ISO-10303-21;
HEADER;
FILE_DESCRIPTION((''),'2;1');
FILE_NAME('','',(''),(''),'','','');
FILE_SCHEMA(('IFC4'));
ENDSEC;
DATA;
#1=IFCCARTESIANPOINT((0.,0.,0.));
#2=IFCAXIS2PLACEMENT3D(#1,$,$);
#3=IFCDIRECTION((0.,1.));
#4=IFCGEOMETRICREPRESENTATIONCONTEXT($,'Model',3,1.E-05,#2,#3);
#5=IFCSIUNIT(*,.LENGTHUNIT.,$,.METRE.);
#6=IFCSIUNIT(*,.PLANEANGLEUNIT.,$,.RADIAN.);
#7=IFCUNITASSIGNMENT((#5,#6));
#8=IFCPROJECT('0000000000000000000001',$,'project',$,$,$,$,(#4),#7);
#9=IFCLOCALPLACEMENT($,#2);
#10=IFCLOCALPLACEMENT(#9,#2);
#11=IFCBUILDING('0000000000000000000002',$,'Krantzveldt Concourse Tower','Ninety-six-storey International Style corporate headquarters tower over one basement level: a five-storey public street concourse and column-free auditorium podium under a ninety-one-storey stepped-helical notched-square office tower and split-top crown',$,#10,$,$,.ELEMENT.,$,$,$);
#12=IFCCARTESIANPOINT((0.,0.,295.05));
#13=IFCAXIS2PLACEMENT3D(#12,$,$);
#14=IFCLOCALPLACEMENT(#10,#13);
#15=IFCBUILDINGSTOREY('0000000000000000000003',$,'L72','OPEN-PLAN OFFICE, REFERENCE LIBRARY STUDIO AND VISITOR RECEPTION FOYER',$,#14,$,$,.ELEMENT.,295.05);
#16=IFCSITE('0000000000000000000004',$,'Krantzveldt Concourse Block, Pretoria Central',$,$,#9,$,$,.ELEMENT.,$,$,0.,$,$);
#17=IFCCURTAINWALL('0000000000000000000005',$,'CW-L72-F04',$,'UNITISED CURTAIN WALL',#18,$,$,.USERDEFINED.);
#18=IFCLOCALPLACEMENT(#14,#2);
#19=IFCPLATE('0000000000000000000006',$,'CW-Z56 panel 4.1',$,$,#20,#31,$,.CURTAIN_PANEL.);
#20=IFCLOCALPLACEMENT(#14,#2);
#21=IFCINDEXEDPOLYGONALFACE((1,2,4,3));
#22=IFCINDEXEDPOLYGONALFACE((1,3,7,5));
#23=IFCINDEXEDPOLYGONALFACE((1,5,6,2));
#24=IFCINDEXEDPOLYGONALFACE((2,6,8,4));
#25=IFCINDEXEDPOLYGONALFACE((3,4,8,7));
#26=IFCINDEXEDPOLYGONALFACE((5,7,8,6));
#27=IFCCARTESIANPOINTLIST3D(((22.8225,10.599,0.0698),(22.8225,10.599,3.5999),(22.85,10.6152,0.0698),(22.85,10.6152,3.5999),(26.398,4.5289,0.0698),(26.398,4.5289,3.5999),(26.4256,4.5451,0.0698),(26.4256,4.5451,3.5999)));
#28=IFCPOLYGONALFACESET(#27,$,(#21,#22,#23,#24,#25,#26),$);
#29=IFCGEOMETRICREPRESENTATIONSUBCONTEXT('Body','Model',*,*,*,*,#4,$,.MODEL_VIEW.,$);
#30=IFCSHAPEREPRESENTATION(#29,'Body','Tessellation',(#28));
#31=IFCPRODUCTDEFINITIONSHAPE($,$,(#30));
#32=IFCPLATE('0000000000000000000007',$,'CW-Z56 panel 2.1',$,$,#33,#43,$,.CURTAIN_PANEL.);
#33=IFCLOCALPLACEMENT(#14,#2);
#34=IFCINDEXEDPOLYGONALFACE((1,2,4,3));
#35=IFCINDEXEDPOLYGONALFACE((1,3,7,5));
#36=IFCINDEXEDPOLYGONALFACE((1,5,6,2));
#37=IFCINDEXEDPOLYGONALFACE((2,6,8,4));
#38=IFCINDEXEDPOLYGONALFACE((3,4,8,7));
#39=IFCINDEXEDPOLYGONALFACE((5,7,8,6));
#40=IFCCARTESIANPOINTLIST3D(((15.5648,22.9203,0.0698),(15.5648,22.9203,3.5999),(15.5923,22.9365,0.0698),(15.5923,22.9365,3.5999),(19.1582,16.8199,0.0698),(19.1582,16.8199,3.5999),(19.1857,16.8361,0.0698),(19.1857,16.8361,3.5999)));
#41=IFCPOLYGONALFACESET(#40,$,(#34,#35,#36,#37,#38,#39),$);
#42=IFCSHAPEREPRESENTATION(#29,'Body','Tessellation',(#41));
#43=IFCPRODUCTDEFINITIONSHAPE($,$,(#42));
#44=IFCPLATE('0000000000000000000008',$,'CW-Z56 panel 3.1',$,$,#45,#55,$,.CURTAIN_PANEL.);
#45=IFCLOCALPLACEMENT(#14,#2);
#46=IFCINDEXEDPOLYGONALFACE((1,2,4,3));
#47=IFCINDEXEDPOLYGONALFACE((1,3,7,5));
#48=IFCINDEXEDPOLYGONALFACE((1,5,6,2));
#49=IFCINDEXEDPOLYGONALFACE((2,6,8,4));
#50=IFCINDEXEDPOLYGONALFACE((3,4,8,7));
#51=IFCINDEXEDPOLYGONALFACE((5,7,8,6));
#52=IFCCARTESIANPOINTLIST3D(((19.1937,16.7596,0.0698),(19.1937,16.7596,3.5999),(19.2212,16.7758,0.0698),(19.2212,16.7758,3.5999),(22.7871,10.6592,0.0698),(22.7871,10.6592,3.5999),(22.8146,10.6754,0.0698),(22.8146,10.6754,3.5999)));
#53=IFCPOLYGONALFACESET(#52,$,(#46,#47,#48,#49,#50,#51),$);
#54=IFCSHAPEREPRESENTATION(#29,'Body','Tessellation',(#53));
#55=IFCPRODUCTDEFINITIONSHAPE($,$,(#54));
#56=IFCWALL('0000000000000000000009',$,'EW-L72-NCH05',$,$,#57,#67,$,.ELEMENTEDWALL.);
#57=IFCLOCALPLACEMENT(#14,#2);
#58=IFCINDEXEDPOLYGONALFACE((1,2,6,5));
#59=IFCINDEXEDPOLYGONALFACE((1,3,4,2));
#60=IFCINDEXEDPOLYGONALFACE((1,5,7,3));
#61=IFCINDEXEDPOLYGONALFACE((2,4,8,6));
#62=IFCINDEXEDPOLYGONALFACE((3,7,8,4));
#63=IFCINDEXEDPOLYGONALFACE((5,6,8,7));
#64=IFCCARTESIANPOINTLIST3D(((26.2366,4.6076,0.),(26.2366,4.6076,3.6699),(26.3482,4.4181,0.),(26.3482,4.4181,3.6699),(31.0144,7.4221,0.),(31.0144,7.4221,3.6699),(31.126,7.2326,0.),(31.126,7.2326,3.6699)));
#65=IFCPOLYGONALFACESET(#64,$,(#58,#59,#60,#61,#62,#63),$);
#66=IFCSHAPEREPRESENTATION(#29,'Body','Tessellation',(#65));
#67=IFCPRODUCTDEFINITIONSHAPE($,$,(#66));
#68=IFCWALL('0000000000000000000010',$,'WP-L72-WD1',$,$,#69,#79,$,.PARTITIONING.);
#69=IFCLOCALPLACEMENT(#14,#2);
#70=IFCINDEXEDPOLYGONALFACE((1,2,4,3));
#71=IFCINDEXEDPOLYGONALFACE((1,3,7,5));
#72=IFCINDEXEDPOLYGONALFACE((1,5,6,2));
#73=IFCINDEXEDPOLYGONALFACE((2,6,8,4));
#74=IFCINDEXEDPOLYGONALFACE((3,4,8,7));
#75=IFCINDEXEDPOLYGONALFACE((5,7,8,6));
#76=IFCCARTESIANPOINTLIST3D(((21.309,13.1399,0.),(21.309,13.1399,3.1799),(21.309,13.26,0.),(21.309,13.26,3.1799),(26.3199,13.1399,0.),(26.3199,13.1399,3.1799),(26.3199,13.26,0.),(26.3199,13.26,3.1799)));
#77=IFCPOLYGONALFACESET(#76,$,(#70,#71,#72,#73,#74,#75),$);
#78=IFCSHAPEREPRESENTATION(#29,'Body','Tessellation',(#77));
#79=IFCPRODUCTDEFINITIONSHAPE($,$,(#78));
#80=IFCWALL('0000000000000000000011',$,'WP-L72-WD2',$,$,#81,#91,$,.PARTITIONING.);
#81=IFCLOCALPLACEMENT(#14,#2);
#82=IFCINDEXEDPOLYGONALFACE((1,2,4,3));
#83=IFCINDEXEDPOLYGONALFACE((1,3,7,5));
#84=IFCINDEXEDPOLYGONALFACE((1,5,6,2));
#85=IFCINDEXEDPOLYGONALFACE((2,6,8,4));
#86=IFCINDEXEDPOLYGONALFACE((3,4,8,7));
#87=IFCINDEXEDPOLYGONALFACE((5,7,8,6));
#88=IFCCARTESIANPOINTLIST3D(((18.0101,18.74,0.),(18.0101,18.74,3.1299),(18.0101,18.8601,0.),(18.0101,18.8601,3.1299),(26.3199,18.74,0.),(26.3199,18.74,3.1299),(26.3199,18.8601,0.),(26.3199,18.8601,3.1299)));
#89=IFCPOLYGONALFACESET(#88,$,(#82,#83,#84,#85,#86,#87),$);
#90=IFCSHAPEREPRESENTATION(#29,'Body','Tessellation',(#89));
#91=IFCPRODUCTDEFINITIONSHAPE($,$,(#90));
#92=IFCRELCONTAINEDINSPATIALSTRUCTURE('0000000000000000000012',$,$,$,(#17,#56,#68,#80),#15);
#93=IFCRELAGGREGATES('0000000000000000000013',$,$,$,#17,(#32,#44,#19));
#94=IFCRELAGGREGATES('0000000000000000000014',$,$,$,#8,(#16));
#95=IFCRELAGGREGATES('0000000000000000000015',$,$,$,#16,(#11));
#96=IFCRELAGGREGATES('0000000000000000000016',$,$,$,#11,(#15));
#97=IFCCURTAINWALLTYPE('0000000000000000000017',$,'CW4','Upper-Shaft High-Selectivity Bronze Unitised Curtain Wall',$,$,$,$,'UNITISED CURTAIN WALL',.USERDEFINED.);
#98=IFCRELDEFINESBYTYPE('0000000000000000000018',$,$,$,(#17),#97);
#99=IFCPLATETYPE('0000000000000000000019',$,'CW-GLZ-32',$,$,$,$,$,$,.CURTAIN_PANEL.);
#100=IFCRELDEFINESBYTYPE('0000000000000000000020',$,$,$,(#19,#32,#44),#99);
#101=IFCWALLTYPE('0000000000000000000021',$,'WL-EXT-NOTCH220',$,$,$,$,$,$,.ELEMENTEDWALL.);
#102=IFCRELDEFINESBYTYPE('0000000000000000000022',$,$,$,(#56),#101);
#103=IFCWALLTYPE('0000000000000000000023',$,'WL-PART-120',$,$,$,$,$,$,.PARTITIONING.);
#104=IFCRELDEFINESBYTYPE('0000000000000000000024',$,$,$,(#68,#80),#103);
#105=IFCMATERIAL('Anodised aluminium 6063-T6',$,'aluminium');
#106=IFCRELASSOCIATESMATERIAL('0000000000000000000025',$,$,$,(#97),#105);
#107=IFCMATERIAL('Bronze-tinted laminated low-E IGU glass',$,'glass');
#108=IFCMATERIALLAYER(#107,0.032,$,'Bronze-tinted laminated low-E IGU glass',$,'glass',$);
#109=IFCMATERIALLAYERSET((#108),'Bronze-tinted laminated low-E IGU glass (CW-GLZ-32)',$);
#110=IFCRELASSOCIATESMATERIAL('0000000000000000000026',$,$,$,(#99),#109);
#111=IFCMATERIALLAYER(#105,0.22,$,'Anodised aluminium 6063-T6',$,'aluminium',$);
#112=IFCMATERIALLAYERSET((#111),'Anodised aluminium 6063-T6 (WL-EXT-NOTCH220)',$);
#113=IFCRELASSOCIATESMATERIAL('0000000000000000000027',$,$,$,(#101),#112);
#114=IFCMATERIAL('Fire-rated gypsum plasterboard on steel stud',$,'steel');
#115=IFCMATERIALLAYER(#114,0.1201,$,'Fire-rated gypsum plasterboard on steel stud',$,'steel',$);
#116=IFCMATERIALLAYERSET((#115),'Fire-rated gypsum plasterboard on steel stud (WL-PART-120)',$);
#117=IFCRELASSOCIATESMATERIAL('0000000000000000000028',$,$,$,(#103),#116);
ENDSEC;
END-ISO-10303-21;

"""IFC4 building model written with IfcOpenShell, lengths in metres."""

from ifc_helpers import new_model, si_unit, direction, frame, frame_2d, origin, origin_2d, place, context, subcontext, project, spatial, rectangle, extrude, source, transform, mapped, material, layer, layer_set, type_object, type_shapes, element, aggregate, save


model = new_model("IFC4")

# Units and contexts
model_context = context("Model", 3, precision=1e-05, world=origin(), true_north=direction((0.0, 1.0)))
body_context = subcontext(model_context, "Body", "Model", "MODEL_VIEW")
ifc_project = project(units=[si_unit("LENGTHUNIT", "METRE"), si_unit("PLANEANGLEUNIT", "RADIAN")], contexts=[model_context])

# Site, building, storey
site_placement = place(None, origin())
site = spatial("IfcSite", under=ifc_project, at=site_placement, Name="Krantzveldt Concourse Block, Pretoria Central", CompositionType="ELEMENT", RefElevation=0.0)
building_placement = place(site_placement, origin())
building = spatial("IfcBuilding", under=site, at=building_placement, Name="Krantzveldt Concourse Tower", Description="Ninety-six-storey International Style corporate headquarters tower over one basement level: a five-storey public street concourse and column-free auditorium podium under a ninety-one-storey stepped-helical notched-square office tower and split-top crown", CompositionType="ELEMENT")
storey_placement = place(building_placement, frame((0.0, 0.0, 295.05)))
storey = spatial("IfcBuildingStorey", under=building, at=storey_placement, Name="L72", Description="OPEN-PLAN OFFICE, REFERENCE LIBRARY STUDIO AND VISITOR RECEPTION FOYER", CompositionType="ELEMENT", Elevation=295.05)

# Curtain wall
ifc_material_1 = material(Name="Anodised aluminium 6063-T6", Category="aluminium")
curtain_wall_type = type_object("IfcCurtainWallType", Name="CW4", Description="Upper-Shaft High-Selectivity Bronze Unitised Curtain Wall", ElementType="UNITISED CURTAIN WALL", PredefinedType="USERDEFINED", material=ifc_material_1)
curtain_wall_placement = place(storey_placement, origin())
curtain_wall = element("IfcCurtainWall", 1, at=curtain_wall_placement, inside=storey, type_object=curtain_wall_type, Name="CW-L72-F04", ObjectType="UNITISED CURTAIN WALL", PredefinedType="USERDEFINED")

# Plates
ifc_material_2 = material(Name="Bronze-tinted laminated low-E IGU glass", Category="glass")
ifc_layer_1 = layer(ifc_material_2, 0.032, Name="Bronze-tinted laminated low-E IGU glass", Category="glass")
ifc_layer_set_1 = layer_set([ifc_layer_1], Name="Bronze-tinted laminated low-E IGU glass (CW-GLZ-32)")
plate_type = type_object("IfcPlateType", Name="CW-GLZ-32", PredefinedType="CURTAIN_PANEL", material=ifc_layer_set_1)
shared_shape_1 = source(origin(), body_context, "Body", "SweptSolid", [
    extrude(rectangle(XDim=7.0449, YDim=0.032, at=origin_2d()), origin(), (0.0, 0.0, 1.0), 3.53),
])
plate_1_placement = place(storey_placement, frame((24.624, 7.572, 0.0698), z_axis=(0.0, 0.0, 1.0), x_axis=(0.507538, -0.861629, 0.0)))
plate_1 = element("IfcPlate", 2, at=plate_1_placement, type_object=plate_type, Name="CW-Z56 panel 4.1", PredefinedType="CURTAIN_PANEL", context=body_context, shape_type="MappedRepresentation", body=[
    mapped(shared_shape_1, transform((0.0, 0.0, 0.0), x_axis=(1.0, 0.0, 0.0), y_axis=(0.0, 1.0, 0.0), z_axis=(0.0, 0.0, 1.0), scale=1.0)),
])
shared_shape_2 = source(origin(), body_context, "Body", "SweptSolid", [
    extrude(rectangle(XDim=7.0801, YDim=0.032, at=origin_2d()), origin(), (0.0, 0.0, 1.0), 3.53),
])
type_shapes(plate_type, [shared_shape_1, shared_shape_2])
plate_2_placement = place(storey_placement, frame((17.3752, 19.8782, 0.0698), z_axis=(0.0, 0.0, 1.0), x_axis=(0.507538, -0.861629, 0.0)))
plate_2 = element("IfcPlate", 3, at=plate_2_placement, type_object=plate_type, Name="CW-Z56 panel 2.1", PredefinedType="CURTAIN_PANEL", context=body_context, shape_type="MappedRepresentation", body=[
    mapped(shared_shape_2, transform((0.0, 0.0, 0.0), x_axis=(1.0, 0.0, 0.0), y_axis=(0.0, 1.0, 0.0), z_axis=(0.0, 0.0, 1.0), scale=1.0)),
])
plate_3_placement = place(storey_placement, frame((21.0042, 13.7175, 0.0698), z_axis=(0.0, 0.0, 1.0), x_axis=(0.507538, -0.861629, 0.0)))
plate_3 = element("IfcPlate", 4, at=plate_3_placement, type_object=plate_type, Name="CW-Z56 panel 3.1", PredefinedType="CURTAIN_PANEL", context=body_context, shape_type="MappedRepresentation", body=[
    mapped(shared_shape_2, transform((0.0, 0.0, 0.0), x_axis=(1.0, 0.0, 0.0), y_axis=(0.0, 1.0, 0.0), z_axis=(0.0, 0.0, 1.0), scale=1.0)),
])
aggregate(curtain_wall, [plate_2, plate_3, plate_1])

# Walls
ifc_layer_2 = layer(ifc_material_1, 0.22, Name="Anodised aluminium 6063-T6", Category="aluminium")
ifc_layer_set_2 = layer_set([ifc_layer_2], Name="Anodised aluminium 6063-T6 (WL-EXT-NOTCH220)")
wall_type_1 = type_object("IfcWallType", Name="WL-EXT-NOTCH220", PredefinedType="ELEMENTEDWALL", material=ifc_layer_set_2)
wall_1_placement = place(storey_placement, frame((26.2925, 4.5129, 0.0), z_axis=(0.0, 0.0, 1.0), x_axis=(0.861622, 0.507551, 0.0)))
element("IfcWall", 5, at=wall_1_placement, inside=storey, type_object=wall_type_1, Name="EW-L72-NCH05", PredefinedType="ELEMENTEDWALL", context=body_context, shape_type="SweptSolid", body=[
    extrude(rectangle(XDim=5.5452, YDim=0.22, at=frame_2d((2.7725, 0.0))), origin(), (0.0, 0.0, 1.0), 3.6699),
])
ifc_material_3 = material(Name="Fire-rated gypsum plasterboard on steel stud", Category="steel")
ifc_layer_3 = layer(ifc_material_3, 0.1201, Name="Fire-rated gypsum plasterboard on steel stud", Category="steel")
ifc_layer_set_3 = layer_set([ifc_layer_3], Name="Fire-rated gypsum plasterboard on steel stud (WL-PART-120)")
wall_type_2 = type_object("IfcWallType", Name="WL-PART-120", PredefinedType="PARTITIONING", material=ifc_layer_set_3)
wall_2_placement = place(storey_placement, frame((21.3091, 13.2, 0.0), z_axis=(0.0, 0.0, 1.0), x_axis=(1.0, 0.0, 0.0)))
element("IfcWall", 6, at=wall_2_placement, inside=storey, type_object=wall_type_2, Name="WP-L72-WD1", PredefinedType="PARTITIONING", context=body_context, shape_type="SweptSolid", body=[
    extrude(rectangle(XDim=5.011, YDim=0.1201, at=frame_2d((2.5054, 0.0))), origin(), (0.0, 0.0, 1.0), 3.1799),
])
wall_3_placement = place(storey_placement, frame((18.0103, 18.8, 0.0), z_axis=(0.0, 0.0, 1.0), x_axis=(1.0, 0.0, 0.0)))
element("IfcWall", 7, at=wall_3_placement, inside=storey, type_object=wall_type_2, Name="WP-L72-WD2", PredefinedType="PARTITIONING", context=body_context, shape_type="SweptSolid", body=[
    extrude(rectangle(XDim=8.3098, YDim=0.1201, at=frame_2d((4.1548, 0.0))), origin(), (0.0, 0.0, 1.0), 3.1299),
])

save(model, "model.ifc")
